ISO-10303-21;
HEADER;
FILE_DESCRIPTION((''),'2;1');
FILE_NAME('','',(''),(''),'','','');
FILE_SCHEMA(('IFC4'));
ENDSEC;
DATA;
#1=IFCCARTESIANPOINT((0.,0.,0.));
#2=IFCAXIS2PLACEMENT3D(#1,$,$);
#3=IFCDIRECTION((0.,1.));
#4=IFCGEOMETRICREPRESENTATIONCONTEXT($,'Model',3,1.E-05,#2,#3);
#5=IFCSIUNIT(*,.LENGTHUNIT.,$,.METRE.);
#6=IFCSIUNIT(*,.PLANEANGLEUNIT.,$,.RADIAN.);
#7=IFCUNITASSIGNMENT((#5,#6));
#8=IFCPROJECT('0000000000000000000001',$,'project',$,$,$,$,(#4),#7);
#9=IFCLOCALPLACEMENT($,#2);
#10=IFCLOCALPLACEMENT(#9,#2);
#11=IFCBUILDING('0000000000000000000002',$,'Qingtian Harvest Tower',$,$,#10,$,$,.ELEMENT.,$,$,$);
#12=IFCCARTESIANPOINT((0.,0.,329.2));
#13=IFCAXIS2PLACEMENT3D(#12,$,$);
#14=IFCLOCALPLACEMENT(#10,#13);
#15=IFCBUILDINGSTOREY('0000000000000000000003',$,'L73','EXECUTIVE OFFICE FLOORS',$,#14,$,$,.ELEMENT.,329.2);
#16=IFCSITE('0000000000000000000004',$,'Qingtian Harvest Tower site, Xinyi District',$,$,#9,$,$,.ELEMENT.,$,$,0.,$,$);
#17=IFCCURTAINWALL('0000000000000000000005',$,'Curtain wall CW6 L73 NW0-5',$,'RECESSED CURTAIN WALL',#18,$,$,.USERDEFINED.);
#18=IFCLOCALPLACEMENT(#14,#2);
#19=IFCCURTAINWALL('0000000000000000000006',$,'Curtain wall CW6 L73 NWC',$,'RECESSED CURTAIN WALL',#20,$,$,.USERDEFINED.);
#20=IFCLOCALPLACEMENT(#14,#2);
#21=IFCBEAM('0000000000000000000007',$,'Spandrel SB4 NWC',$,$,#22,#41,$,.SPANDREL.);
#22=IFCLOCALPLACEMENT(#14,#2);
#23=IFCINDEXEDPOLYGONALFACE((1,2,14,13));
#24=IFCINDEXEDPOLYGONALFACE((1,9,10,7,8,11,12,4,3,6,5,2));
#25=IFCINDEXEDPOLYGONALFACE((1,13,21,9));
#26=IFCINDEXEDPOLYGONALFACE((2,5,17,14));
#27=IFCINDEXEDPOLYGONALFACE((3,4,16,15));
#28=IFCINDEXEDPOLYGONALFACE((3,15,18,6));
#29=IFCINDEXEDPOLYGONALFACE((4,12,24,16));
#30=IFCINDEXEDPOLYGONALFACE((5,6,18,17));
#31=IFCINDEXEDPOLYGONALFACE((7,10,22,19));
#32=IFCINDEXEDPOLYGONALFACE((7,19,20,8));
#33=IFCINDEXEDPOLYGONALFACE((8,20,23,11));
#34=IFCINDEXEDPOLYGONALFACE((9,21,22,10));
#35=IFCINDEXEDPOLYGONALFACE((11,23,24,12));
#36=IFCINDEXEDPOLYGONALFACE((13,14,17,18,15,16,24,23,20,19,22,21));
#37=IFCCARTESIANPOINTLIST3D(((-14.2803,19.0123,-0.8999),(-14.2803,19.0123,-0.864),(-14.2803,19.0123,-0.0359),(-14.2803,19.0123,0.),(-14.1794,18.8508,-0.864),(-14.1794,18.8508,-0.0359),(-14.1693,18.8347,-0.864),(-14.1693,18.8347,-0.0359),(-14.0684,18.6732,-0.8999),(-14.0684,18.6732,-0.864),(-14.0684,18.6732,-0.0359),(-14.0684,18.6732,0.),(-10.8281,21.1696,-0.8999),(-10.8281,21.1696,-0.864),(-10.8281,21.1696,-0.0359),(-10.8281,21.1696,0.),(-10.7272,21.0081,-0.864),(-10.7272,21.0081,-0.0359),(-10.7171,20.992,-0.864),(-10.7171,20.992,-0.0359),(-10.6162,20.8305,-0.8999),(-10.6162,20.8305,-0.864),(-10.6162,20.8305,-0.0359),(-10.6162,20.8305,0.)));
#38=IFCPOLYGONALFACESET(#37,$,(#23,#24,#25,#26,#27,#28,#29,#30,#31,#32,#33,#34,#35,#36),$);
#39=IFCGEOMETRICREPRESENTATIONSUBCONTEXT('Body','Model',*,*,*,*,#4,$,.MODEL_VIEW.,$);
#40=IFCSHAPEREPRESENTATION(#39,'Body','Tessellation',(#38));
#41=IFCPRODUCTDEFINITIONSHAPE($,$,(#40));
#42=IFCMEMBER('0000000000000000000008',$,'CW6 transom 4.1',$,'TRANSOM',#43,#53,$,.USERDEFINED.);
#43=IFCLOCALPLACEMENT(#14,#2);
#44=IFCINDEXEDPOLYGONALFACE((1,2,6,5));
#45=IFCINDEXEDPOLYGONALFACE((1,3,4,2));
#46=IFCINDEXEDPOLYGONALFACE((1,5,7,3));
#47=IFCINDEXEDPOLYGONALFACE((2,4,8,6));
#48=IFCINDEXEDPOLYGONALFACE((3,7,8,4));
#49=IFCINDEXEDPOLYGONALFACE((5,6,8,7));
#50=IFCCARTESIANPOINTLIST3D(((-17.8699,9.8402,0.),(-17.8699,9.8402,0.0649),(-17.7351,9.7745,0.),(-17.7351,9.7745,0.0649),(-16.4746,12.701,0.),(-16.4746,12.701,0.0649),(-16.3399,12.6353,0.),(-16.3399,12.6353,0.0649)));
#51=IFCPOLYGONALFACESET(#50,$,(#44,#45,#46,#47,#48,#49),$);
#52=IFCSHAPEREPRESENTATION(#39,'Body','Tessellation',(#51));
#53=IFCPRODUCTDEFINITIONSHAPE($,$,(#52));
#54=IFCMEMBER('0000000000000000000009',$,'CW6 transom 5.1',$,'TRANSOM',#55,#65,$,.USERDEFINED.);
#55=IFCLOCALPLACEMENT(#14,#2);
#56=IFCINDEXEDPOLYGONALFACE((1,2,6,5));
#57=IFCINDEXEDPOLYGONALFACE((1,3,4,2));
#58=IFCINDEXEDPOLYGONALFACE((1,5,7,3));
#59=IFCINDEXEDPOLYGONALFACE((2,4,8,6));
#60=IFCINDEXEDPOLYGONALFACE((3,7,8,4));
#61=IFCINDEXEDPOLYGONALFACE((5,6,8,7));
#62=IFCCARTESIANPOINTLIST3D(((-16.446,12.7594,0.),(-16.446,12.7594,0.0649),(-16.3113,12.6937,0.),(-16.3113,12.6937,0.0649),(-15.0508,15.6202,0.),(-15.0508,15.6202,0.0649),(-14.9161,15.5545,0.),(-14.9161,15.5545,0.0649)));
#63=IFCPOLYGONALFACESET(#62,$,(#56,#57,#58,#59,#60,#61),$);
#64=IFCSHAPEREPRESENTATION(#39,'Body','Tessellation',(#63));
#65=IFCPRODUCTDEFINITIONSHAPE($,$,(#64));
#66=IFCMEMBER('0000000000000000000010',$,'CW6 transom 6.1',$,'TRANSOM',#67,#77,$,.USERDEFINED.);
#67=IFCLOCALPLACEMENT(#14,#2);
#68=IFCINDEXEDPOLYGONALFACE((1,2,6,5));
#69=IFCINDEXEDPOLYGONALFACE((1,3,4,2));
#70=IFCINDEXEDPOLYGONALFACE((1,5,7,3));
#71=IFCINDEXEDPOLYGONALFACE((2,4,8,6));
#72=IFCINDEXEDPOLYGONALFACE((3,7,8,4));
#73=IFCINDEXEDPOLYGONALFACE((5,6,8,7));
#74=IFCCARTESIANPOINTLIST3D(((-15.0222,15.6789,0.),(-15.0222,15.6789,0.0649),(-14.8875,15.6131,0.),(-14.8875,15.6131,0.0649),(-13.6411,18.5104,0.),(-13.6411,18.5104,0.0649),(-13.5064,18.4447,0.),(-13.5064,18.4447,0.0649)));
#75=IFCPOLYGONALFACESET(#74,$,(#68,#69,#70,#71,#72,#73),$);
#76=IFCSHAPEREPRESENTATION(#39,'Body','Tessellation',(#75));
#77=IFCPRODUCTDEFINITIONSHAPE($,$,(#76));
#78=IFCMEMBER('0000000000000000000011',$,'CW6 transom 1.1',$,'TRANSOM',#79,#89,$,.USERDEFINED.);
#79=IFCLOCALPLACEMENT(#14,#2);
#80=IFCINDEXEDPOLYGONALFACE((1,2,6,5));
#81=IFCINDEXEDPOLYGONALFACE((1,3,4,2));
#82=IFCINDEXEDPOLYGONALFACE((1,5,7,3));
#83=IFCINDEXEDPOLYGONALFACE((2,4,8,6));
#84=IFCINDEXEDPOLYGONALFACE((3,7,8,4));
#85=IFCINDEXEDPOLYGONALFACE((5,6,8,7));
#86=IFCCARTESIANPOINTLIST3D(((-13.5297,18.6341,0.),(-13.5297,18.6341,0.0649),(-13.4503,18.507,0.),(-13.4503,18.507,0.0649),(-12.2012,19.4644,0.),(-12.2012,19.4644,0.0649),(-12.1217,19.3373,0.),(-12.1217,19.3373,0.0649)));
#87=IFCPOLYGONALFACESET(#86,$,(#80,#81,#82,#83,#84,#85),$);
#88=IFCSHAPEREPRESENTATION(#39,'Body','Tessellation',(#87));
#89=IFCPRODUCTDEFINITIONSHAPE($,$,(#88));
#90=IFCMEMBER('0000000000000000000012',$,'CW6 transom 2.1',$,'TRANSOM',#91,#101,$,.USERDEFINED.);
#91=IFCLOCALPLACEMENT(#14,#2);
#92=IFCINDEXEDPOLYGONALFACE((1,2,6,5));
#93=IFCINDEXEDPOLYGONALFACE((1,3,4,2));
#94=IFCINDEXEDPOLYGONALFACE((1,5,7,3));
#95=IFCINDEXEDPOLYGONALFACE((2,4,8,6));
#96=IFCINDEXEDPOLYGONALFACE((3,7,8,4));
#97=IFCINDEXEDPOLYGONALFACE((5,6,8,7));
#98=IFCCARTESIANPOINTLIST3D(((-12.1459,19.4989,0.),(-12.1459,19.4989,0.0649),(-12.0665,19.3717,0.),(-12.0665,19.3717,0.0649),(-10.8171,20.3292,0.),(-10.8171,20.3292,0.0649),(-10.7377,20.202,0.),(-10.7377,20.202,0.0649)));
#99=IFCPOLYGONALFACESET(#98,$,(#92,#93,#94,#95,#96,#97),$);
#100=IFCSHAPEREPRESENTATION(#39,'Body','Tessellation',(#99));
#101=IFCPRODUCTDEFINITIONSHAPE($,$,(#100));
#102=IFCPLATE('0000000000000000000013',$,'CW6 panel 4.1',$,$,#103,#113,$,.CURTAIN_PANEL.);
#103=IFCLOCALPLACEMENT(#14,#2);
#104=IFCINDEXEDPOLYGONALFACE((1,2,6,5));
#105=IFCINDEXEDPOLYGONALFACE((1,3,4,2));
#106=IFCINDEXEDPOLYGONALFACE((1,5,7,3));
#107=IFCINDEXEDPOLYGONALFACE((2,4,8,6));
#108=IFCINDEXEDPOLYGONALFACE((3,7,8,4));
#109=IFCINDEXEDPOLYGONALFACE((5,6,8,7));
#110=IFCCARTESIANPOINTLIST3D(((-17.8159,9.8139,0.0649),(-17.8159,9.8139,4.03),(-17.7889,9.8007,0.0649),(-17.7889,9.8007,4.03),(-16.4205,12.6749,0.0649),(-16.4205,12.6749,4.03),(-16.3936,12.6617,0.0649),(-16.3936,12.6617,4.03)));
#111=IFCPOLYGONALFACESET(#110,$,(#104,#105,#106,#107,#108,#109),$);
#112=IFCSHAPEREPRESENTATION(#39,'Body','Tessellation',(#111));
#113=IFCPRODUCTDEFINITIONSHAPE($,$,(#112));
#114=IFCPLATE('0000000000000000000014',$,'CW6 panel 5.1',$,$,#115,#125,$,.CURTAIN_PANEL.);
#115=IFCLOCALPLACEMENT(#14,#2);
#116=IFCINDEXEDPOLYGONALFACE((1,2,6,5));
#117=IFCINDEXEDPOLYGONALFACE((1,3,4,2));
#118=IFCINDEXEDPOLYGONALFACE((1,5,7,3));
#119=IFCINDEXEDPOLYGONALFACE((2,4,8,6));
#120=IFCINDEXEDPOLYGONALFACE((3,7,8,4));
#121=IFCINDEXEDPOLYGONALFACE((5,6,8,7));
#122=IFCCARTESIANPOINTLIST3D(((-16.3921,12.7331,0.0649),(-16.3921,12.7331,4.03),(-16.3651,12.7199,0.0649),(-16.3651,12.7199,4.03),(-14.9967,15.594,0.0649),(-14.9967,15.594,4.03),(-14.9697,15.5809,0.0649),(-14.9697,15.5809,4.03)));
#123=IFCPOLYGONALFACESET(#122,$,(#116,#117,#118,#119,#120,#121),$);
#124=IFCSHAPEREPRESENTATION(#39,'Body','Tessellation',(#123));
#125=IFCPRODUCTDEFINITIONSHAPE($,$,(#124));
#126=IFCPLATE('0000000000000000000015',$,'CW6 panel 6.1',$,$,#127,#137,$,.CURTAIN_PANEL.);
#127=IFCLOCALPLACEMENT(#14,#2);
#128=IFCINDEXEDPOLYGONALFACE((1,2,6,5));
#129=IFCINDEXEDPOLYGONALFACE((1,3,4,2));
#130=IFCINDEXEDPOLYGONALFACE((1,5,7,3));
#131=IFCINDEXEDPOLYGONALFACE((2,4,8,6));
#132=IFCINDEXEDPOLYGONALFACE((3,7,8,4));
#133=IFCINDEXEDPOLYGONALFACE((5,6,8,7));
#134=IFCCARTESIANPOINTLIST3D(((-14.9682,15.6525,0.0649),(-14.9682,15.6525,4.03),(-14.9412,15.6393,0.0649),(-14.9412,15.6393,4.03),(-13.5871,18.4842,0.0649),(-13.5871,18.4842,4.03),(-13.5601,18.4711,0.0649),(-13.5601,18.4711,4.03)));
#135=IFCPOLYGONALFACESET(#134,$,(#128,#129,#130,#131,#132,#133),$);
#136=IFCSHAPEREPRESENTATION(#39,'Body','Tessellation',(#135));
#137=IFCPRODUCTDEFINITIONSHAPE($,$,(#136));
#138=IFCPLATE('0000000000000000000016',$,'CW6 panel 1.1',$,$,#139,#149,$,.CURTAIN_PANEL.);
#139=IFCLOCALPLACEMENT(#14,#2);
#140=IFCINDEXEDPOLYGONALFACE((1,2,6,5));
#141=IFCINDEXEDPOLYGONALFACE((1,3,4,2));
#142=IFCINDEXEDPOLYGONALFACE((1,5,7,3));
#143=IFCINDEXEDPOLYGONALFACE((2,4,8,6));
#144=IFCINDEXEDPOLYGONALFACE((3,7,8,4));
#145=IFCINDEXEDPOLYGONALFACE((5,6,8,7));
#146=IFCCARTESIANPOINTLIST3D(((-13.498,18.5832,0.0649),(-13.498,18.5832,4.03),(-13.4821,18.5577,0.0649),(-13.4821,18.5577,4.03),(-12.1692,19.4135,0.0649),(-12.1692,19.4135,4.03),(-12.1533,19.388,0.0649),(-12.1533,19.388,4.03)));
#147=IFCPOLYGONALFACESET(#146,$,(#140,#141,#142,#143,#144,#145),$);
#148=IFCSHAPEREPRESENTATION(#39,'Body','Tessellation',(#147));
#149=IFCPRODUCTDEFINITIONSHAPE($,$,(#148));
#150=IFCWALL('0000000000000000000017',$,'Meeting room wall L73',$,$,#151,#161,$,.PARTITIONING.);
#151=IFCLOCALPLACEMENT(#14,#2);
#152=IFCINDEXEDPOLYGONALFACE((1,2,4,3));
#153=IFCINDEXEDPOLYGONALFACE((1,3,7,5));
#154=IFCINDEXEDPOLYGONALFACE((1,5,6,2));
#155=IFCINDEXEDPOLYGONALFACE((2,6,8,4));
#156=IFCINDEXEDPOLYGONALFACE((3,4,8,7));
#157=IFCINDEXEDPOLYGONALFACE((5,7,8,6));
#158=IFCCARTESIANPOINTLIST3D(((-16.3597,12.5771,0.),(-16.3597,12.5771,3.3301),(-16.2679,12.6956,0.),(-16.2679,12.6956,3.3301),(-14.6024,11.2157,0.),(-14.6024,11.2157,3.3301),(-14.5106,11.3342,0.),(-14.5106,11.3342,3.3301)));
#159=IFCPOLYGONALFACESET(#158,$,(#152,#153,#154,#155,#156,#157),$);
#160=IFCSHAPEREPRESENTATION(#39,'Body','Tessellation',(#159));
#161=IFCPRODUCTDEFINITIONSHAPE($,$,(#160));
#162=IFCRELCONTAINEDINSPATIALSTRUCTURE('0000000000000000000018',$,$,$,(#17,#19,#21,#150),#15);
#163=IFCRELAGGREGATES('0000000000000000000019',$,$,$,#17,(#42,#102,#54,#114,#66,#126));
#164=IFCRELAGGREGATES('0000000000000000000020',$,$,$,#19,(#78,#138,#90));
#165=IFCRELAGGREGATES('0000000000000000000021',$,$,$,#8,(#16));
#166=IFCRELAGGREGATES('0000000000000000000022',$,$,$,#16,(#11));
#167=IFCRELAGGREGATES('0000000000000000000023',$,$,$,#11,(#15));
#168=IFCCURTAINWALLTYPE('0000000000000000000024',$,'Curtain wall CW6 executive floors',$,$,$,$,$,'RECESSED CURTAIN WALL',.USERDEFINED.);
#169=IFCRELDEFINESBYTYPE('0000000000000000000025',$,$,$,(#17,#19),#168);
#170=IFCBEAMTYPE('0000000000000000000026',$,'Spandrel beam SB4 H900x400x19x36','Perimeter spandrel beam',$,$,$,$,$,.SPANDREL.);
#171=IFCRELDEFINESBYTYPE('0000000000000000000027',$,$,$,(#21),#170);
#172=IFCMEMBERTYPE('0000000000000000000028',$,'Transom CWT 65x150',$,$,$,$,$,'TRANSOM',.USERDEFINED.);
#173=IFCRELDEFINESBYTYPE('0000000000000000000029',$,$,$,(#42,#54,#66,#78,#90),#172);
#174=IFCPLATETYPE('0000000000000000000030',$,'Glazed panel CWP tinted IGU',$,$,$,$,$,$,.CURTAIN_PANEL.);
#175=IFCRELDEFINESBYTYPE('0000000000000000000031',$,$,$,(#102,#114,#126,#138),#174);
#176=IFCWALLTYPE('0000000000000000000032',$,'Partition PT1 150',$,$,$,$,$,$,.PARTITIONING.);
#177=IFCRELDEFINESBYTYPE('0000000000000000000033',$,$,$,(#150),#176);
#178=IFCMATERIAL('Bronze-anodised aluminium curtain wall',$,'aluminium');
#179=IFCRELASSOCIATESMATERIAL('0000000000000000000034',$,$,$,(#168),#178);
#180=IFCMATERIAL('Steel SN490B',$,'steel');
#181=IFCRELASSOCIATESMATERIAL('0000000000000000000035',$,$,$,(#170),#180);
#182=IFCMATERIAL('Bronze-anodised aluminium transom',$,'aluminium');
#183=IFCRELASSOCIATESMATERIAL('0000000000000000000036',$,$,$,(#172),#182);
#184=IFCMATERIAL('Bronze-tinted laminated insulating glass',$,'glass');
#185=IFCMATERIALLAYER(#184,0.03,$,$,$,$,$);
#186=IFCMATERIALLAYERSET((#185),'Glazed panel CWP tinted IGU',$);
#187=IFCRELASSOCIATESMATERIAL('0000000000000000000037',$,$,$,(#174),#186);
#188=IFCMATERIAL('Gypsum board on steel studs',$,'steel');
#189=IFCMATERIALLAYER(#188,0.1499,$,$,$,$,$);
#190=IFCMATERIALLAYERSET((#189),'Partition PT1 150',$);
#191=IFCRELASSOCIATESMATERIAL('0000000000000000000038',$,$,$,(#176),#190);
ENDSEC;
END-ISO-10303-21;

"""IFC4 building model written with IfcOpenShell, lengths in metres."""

from ifc_helpers import new_model, si_unit, direction, frame, frame_2d, origin, origin_2d, place, context, subcontext, project, spatial, rectangle, i_section, extrude, material, layer, layer_set, material_profile, profile_set, type_object, element, aggregate, save


model = new_model("IFC4")

# Units and contexts
model_context = context("Model", 3, precision=1e-05, world=origin(), true_north=direction((0.0, 1.0)))
body_context = subcontext(model_context, "Body", "Model", "MODEL_VIEW")
ifc_project = project(units=[si_unit("LENGTHUNIT", "METRE"), si_unit("PLANEANGLEUNIT", "RADIAN")], contexts=[model_context])

# Site, building, storey
site_placement = place(None, origin())
site = spatial("IfcSite", under=ifc_project, at=site_placement, Name="Qingtian Harvest Tower site, Xinyi District", CompositionType="ELEMENT", RefElevation=0.0)
building_placement = place(site_placement, origin())
building = spatial("IfcBuilding", under=site, at=building_placement, Name="Qingtian Harvest Tower", CompositionType="ELEMENT")
storey_placement = place(building_placement, frame((0.0, 0.0, 329.2)))
storey = spatial("IfcBuildingStorey", under=building, at=storey_placement, Name="L73", Description="EXECUTIVE OFFICE FLOORS", CompositionType="ELEMENT", Elevation=329.2)

# Curtain walls
ifc_material_1 = material(Name="Bronze-anodised aluminium curtain wall", Category="aluminium")
curtain_wall_type = type_object("IfcCurtainWallType", Name="Curtain wall CW6 executive floors", ElementType="RECESSED CURTAIN WALL", PredefinedType="USERDEFINED", material=ifc_material_1)
curtain_wall_1_placement = place(storey_placement, origin())
curtain_wall_1 = element("IfcCurtainWall", 1, at=curtain_wall_1_placement, inside=storey, type_object=curtain_wall_type, Name="Curtain wall CW6 L73 NW0-5", ObjectType="RECESSED CURTAIN WALL", PredefinedType="USERDEFINED")
curtain_wall_2_placement = place(storey_placement, origin())
curtain_wall_2 = element("IfcCurtainWall", 2, at=curtain_wall_2_placement, inside=storey, type_object=curtain_wall_type, Name="Curtain wall CW6 L73 NWC", ObjectType="RECESSED CURTAIN WALL", PredefinedType="USERDEFINED")

# Beam
ifc_material_2 = material(Name="Steel SN490B", Category="steel")
ifc_material_profile_1 = material_profile(ifc_material_2, i_section(OverallWidth=0.3999, OverallDepth=0.8999, WebThickness=0.019, FlangeThickness=0.0359, at=origin_2d()), Name="H900x400x19x36")
ifc_profile_set_1 = profile_set([ifc_material_profile_1], Name="Steel SN490B")
beam_type_1 = type_object("IfcBeamType", Name="Spandrel beam SB4 H900x400x19x36", Description="Perimeter spandrel beam", PredefinedType="SPANDREL", material=ifc_profile_set_1)
beam_1_placement = place(storey_placement, frame((-14.1743, 18.8428, -0.45), z_axis=(0.848039, 0.529934, 0.0), x_axis=(-0.529934, 0.848039, 0.0)))
element("IfcBeam", 3, at=beam_1_placement, inside=storey, type_object=beam_type_1, Name="Spandrel SB4 NWC", PredefinedType="SPANDREL", context=body_context, shape_type="SweptSolid", body=[
    extrude(i_section(OverallWidth=0.3999, OverallDepth=0.8999, WebThickness=0.019, FlangeThickness=0.0359, at=origin_2d()), origin(), (0.0, 0.0, 1.0), 4.0708),
])

# Members
ifc_material_3 = material(Name="Bronze-anodised aluminium transom", Category="aluminium")
ifc_material_profile_2 = material_profile(ifc_material_3, rectangle(XDim=0.1499, YDim=0.0649, at=origin_2d()), Name="AL 65x150")
ifc_profile_set_2 = profile_set([ifc_material_profile_2], Name="Bronze-anodised aluminium transom")
member_type_1 = type_object("IfcMemberType", Name="Transom CWT 65x150", ElementType="TRANSOM", PredefinedType="USERDEFINED", material=ifc_profile_set_2)
member_1_placement = place(storey_placement, frame((-17.8025, 9.8074, 0.0325), z_axis=(0.438356, 0.898802, 0.0), x_axis=(-0.898802, 0.438356, 0.0)))
member_1 = element("IfcMember", 4, at=member_1_placement, type_object=member_type_1, Name="CW6 transom 4.1", ObjectType="TRANSOM", PredefinedType="USERDEFINED", context=body_context, shape_type="SweptSolid", body=[
    extrude(rectangle(XDim=0.1499, YDim=0.0649, at=origin_2d()), origin(), (0.0, 0.0, 1.0), 3.1829),
])
member_2_placement = place(storey_placement, frame((-16.3787, 12.7266, 0.0325), z_axis=(0.438356, 0.898802, 0.0), x_axis=(-0.898802, 0.438356, 0.0)))
member_2 = element("IfcMember", 5, at=member_2_placement, type_object=member_type_1, Name="CW6 transom 5.1", ObjectType="TRANSOM", PredefinedType="USERDEFINED", context=body_context, shape_type="SweptSolid", body=[
    extrude(rectangle(XDim=0.1499, YDim=0.0649, at=origin_2d()), origin(), (0.0, 0.0, 1.0), 3.1829),
])
member_3_placement = place(storey_placement, frame((-14.9548, 15.646, 0.0325), z_axis=(0.438389, 0.898786, 0.0), x_axis=(-0.898786, 0.438389, 0.0)))
member_3 = element("IfcMember", 6, at=member_3_placement, type_object=member_type_1, Name="CW6 transom 6.1", ObjectType="TRANSOM", PredefinedType="USERDEFINED", context=body_context, shape_type="SweptSolid", body=[
    extrude(rectangle(XDim=0.1499, YDim=0.0649, at=origin_2d()), origin(), (0.0, 0.0, 1.0), 3.1504),
])
member_4_placement = place(storey_placement, frame((-13.49, 18.5706, 0.0325), z_axis=(0.848016, 0.529971, 0.0), x_axis=(-0.529971, 0.848016, 0.0)))
member_4 = element("IfcMember", 7, at=member_4_placement, type_object=member_type_1, Name="CW6 transom 1.1", ObjectType="TRANSOM", PredefinedType="USERDEFINED", context=body_context, shape_type="SweptSolid", body=[
    extrude(rectangle(XDim=0.1499, YDim=0.0649, at=origin_2d()), origin(), (0.0, 0.0, 1.0), 1.5667),
])
member_5_placement = place(storey_placement, frame((-12.1062, 19.4353, 0.0325), z_axis=(0.84806, 0.529901, 0.0), x_axis=(-0.529901, 0.84806, 0.0)))
member_5 = element("IfcMember", 8, at=member_5_placement, type_object=member_type_1, Name="CW6 transom 2.1", ObjectType="TRANSOM", PredefinedType="USERDEFINED", context=body_context, shape_type="SweptSolid", body=[
    extrude(rectangle(XDim=0.1499, YDim=0.0649, at=origin_2d()), origin(), (0.0, 0.0, 1.0), 1.5669),
])

# Plates
ifc_material_4 = material(Name="Bronze-tinted laminated insulating glass", Category="glass")
ifc_layer_1 = layer(ifc_material_4, 0.03)
ifc_layer_set_1 = layer_set([ifc_layer_1], Name="Glazed panel CWP tinted IGU")
plate_type = type_object("IfcPlateType", Name="Glazed panel CWP tinted IGU", PredefinedType="CURTAIN_PANEL", material=ifc_layer_set_1)
plate_1_placement = place(storey_placement, frame((-17.1047, 11.2378, 0.0649), z_axis=(0.0, 0.0, 1.0), x_axis=(0.438371, 0.898794, 0.0)))
plate_1 = element("IfcPlate", 9, at=plate_1_placement, type_object=plate_type, Name="CW6 panel 4.1", PredefinedType="CURTAIN_PANEL", context=body_context, shape_type="SweptSolid", body=[
    extrude(rectangle(XDim=3.1831, YDim=0.03, at=origin_2d()), origin(), (0.0, 0.0, 1.0), 3.9651),
])
plate_2_placement = place(storey_placement, frame((-15.6809, 14.157, 0.0649), z_axis=(0.0, 0.0, 1.0), x_axis=(0.438371, 0.898794, 0.0)))
plate_2 = element("IfcPlate", 10, at=plate_2_placement, type_object=plate_type, Name="CW6 panel 5.1", PredefinedType="CURTAIN_PANEL", context=body_context, shape_type="SweptSolid", body=[
    extrude(rectangle(XDim=3.1831, YDim=0.03, at=origin_2d()), origin(), (0.0, 0.0, 1.0), 3.9651),
])
plate_3_placement = place(storey_placement, frame((-14.2642, 17.0618, 0.0649), z_axis=(0.0, 0.0, 1.0), x_axis=(0.438371, 0.898794, 0.0)))
plate_3 = element("IfcPlate", 11, at=plate_3_placement, type_object=plate_type, Name="CW6 panel 6.1", PredefinedType="CURTAIN_PANEL", context=body_context, shape_type="SweptSolid", body=[
    extrude(rectangle(XDim=3.1506, YDim=0.03, at=origin_2d()), origin(), (0.0, 0.0, 1.0), 3.9651),
])
aggregate(curtain_wall_1, [member_1, plate_1, member_2, plate_2, member_3, plate_3])
plate_4_placement = place(storey_placement, frame((-12.8257, 18.9856, 0.0649), z_axis=(0.0, 0.0, 1.0), x_axis=(0.848048, 0.529919, 0.0)))
plate_4 = element("IfcPlate", 12, at=plate_4_placement, type_object=plate_type, Name="CW6 panel 1.1", PredefinedType="CURTAIN_PANEL", context=body_context, shape_type="SweptSolid", body=[
    extrude(rectangle(XDim=1.5669, YDim=0.03, at=origin_2d()), origin(), (0.0, 0.0, 1.0), 3.9651),
])
aggregate(curtain_wall_2, [member_4, plate_4, member_5])

# Wall
ifc_material_5 = material(Name="Gypsum board on steel studs", Category="steel")
ifc_layer_2 = layer(ifc_material_5, 0.1499)
ifc_layer_set_2 = layer_set([ifc_layer_2], Name="Partition PT1 150")
wall_type = type_object("IfcWallType", Name="Partition PT1 150", PredefinedType="PARTITIONING", material=ifc_layer_set_2)
wall_1_placement = place(storey_placement, frame((-16.3137, 12.6362, 0.0), z_axis=(0.0, 0.0, 1.0), x_axis=(0.790545, -0.612404, 0.0)))
element("IfcWall", 13, at=wall_1_placement, inside=storey, type_object=wall_type, Name="Meeting room wall L73", PredefinedType="PARTITIONING", context=body_context, shape_type="SweptSolid", body=[
    extrude(rectangle(XDim=2.2229, YDim=0.1499, at=frame_2d((1.1113, 0.0))), origin(), (0.0, 0.0, 1.0), 3.3301),
])

save(model, "model.ifc")
